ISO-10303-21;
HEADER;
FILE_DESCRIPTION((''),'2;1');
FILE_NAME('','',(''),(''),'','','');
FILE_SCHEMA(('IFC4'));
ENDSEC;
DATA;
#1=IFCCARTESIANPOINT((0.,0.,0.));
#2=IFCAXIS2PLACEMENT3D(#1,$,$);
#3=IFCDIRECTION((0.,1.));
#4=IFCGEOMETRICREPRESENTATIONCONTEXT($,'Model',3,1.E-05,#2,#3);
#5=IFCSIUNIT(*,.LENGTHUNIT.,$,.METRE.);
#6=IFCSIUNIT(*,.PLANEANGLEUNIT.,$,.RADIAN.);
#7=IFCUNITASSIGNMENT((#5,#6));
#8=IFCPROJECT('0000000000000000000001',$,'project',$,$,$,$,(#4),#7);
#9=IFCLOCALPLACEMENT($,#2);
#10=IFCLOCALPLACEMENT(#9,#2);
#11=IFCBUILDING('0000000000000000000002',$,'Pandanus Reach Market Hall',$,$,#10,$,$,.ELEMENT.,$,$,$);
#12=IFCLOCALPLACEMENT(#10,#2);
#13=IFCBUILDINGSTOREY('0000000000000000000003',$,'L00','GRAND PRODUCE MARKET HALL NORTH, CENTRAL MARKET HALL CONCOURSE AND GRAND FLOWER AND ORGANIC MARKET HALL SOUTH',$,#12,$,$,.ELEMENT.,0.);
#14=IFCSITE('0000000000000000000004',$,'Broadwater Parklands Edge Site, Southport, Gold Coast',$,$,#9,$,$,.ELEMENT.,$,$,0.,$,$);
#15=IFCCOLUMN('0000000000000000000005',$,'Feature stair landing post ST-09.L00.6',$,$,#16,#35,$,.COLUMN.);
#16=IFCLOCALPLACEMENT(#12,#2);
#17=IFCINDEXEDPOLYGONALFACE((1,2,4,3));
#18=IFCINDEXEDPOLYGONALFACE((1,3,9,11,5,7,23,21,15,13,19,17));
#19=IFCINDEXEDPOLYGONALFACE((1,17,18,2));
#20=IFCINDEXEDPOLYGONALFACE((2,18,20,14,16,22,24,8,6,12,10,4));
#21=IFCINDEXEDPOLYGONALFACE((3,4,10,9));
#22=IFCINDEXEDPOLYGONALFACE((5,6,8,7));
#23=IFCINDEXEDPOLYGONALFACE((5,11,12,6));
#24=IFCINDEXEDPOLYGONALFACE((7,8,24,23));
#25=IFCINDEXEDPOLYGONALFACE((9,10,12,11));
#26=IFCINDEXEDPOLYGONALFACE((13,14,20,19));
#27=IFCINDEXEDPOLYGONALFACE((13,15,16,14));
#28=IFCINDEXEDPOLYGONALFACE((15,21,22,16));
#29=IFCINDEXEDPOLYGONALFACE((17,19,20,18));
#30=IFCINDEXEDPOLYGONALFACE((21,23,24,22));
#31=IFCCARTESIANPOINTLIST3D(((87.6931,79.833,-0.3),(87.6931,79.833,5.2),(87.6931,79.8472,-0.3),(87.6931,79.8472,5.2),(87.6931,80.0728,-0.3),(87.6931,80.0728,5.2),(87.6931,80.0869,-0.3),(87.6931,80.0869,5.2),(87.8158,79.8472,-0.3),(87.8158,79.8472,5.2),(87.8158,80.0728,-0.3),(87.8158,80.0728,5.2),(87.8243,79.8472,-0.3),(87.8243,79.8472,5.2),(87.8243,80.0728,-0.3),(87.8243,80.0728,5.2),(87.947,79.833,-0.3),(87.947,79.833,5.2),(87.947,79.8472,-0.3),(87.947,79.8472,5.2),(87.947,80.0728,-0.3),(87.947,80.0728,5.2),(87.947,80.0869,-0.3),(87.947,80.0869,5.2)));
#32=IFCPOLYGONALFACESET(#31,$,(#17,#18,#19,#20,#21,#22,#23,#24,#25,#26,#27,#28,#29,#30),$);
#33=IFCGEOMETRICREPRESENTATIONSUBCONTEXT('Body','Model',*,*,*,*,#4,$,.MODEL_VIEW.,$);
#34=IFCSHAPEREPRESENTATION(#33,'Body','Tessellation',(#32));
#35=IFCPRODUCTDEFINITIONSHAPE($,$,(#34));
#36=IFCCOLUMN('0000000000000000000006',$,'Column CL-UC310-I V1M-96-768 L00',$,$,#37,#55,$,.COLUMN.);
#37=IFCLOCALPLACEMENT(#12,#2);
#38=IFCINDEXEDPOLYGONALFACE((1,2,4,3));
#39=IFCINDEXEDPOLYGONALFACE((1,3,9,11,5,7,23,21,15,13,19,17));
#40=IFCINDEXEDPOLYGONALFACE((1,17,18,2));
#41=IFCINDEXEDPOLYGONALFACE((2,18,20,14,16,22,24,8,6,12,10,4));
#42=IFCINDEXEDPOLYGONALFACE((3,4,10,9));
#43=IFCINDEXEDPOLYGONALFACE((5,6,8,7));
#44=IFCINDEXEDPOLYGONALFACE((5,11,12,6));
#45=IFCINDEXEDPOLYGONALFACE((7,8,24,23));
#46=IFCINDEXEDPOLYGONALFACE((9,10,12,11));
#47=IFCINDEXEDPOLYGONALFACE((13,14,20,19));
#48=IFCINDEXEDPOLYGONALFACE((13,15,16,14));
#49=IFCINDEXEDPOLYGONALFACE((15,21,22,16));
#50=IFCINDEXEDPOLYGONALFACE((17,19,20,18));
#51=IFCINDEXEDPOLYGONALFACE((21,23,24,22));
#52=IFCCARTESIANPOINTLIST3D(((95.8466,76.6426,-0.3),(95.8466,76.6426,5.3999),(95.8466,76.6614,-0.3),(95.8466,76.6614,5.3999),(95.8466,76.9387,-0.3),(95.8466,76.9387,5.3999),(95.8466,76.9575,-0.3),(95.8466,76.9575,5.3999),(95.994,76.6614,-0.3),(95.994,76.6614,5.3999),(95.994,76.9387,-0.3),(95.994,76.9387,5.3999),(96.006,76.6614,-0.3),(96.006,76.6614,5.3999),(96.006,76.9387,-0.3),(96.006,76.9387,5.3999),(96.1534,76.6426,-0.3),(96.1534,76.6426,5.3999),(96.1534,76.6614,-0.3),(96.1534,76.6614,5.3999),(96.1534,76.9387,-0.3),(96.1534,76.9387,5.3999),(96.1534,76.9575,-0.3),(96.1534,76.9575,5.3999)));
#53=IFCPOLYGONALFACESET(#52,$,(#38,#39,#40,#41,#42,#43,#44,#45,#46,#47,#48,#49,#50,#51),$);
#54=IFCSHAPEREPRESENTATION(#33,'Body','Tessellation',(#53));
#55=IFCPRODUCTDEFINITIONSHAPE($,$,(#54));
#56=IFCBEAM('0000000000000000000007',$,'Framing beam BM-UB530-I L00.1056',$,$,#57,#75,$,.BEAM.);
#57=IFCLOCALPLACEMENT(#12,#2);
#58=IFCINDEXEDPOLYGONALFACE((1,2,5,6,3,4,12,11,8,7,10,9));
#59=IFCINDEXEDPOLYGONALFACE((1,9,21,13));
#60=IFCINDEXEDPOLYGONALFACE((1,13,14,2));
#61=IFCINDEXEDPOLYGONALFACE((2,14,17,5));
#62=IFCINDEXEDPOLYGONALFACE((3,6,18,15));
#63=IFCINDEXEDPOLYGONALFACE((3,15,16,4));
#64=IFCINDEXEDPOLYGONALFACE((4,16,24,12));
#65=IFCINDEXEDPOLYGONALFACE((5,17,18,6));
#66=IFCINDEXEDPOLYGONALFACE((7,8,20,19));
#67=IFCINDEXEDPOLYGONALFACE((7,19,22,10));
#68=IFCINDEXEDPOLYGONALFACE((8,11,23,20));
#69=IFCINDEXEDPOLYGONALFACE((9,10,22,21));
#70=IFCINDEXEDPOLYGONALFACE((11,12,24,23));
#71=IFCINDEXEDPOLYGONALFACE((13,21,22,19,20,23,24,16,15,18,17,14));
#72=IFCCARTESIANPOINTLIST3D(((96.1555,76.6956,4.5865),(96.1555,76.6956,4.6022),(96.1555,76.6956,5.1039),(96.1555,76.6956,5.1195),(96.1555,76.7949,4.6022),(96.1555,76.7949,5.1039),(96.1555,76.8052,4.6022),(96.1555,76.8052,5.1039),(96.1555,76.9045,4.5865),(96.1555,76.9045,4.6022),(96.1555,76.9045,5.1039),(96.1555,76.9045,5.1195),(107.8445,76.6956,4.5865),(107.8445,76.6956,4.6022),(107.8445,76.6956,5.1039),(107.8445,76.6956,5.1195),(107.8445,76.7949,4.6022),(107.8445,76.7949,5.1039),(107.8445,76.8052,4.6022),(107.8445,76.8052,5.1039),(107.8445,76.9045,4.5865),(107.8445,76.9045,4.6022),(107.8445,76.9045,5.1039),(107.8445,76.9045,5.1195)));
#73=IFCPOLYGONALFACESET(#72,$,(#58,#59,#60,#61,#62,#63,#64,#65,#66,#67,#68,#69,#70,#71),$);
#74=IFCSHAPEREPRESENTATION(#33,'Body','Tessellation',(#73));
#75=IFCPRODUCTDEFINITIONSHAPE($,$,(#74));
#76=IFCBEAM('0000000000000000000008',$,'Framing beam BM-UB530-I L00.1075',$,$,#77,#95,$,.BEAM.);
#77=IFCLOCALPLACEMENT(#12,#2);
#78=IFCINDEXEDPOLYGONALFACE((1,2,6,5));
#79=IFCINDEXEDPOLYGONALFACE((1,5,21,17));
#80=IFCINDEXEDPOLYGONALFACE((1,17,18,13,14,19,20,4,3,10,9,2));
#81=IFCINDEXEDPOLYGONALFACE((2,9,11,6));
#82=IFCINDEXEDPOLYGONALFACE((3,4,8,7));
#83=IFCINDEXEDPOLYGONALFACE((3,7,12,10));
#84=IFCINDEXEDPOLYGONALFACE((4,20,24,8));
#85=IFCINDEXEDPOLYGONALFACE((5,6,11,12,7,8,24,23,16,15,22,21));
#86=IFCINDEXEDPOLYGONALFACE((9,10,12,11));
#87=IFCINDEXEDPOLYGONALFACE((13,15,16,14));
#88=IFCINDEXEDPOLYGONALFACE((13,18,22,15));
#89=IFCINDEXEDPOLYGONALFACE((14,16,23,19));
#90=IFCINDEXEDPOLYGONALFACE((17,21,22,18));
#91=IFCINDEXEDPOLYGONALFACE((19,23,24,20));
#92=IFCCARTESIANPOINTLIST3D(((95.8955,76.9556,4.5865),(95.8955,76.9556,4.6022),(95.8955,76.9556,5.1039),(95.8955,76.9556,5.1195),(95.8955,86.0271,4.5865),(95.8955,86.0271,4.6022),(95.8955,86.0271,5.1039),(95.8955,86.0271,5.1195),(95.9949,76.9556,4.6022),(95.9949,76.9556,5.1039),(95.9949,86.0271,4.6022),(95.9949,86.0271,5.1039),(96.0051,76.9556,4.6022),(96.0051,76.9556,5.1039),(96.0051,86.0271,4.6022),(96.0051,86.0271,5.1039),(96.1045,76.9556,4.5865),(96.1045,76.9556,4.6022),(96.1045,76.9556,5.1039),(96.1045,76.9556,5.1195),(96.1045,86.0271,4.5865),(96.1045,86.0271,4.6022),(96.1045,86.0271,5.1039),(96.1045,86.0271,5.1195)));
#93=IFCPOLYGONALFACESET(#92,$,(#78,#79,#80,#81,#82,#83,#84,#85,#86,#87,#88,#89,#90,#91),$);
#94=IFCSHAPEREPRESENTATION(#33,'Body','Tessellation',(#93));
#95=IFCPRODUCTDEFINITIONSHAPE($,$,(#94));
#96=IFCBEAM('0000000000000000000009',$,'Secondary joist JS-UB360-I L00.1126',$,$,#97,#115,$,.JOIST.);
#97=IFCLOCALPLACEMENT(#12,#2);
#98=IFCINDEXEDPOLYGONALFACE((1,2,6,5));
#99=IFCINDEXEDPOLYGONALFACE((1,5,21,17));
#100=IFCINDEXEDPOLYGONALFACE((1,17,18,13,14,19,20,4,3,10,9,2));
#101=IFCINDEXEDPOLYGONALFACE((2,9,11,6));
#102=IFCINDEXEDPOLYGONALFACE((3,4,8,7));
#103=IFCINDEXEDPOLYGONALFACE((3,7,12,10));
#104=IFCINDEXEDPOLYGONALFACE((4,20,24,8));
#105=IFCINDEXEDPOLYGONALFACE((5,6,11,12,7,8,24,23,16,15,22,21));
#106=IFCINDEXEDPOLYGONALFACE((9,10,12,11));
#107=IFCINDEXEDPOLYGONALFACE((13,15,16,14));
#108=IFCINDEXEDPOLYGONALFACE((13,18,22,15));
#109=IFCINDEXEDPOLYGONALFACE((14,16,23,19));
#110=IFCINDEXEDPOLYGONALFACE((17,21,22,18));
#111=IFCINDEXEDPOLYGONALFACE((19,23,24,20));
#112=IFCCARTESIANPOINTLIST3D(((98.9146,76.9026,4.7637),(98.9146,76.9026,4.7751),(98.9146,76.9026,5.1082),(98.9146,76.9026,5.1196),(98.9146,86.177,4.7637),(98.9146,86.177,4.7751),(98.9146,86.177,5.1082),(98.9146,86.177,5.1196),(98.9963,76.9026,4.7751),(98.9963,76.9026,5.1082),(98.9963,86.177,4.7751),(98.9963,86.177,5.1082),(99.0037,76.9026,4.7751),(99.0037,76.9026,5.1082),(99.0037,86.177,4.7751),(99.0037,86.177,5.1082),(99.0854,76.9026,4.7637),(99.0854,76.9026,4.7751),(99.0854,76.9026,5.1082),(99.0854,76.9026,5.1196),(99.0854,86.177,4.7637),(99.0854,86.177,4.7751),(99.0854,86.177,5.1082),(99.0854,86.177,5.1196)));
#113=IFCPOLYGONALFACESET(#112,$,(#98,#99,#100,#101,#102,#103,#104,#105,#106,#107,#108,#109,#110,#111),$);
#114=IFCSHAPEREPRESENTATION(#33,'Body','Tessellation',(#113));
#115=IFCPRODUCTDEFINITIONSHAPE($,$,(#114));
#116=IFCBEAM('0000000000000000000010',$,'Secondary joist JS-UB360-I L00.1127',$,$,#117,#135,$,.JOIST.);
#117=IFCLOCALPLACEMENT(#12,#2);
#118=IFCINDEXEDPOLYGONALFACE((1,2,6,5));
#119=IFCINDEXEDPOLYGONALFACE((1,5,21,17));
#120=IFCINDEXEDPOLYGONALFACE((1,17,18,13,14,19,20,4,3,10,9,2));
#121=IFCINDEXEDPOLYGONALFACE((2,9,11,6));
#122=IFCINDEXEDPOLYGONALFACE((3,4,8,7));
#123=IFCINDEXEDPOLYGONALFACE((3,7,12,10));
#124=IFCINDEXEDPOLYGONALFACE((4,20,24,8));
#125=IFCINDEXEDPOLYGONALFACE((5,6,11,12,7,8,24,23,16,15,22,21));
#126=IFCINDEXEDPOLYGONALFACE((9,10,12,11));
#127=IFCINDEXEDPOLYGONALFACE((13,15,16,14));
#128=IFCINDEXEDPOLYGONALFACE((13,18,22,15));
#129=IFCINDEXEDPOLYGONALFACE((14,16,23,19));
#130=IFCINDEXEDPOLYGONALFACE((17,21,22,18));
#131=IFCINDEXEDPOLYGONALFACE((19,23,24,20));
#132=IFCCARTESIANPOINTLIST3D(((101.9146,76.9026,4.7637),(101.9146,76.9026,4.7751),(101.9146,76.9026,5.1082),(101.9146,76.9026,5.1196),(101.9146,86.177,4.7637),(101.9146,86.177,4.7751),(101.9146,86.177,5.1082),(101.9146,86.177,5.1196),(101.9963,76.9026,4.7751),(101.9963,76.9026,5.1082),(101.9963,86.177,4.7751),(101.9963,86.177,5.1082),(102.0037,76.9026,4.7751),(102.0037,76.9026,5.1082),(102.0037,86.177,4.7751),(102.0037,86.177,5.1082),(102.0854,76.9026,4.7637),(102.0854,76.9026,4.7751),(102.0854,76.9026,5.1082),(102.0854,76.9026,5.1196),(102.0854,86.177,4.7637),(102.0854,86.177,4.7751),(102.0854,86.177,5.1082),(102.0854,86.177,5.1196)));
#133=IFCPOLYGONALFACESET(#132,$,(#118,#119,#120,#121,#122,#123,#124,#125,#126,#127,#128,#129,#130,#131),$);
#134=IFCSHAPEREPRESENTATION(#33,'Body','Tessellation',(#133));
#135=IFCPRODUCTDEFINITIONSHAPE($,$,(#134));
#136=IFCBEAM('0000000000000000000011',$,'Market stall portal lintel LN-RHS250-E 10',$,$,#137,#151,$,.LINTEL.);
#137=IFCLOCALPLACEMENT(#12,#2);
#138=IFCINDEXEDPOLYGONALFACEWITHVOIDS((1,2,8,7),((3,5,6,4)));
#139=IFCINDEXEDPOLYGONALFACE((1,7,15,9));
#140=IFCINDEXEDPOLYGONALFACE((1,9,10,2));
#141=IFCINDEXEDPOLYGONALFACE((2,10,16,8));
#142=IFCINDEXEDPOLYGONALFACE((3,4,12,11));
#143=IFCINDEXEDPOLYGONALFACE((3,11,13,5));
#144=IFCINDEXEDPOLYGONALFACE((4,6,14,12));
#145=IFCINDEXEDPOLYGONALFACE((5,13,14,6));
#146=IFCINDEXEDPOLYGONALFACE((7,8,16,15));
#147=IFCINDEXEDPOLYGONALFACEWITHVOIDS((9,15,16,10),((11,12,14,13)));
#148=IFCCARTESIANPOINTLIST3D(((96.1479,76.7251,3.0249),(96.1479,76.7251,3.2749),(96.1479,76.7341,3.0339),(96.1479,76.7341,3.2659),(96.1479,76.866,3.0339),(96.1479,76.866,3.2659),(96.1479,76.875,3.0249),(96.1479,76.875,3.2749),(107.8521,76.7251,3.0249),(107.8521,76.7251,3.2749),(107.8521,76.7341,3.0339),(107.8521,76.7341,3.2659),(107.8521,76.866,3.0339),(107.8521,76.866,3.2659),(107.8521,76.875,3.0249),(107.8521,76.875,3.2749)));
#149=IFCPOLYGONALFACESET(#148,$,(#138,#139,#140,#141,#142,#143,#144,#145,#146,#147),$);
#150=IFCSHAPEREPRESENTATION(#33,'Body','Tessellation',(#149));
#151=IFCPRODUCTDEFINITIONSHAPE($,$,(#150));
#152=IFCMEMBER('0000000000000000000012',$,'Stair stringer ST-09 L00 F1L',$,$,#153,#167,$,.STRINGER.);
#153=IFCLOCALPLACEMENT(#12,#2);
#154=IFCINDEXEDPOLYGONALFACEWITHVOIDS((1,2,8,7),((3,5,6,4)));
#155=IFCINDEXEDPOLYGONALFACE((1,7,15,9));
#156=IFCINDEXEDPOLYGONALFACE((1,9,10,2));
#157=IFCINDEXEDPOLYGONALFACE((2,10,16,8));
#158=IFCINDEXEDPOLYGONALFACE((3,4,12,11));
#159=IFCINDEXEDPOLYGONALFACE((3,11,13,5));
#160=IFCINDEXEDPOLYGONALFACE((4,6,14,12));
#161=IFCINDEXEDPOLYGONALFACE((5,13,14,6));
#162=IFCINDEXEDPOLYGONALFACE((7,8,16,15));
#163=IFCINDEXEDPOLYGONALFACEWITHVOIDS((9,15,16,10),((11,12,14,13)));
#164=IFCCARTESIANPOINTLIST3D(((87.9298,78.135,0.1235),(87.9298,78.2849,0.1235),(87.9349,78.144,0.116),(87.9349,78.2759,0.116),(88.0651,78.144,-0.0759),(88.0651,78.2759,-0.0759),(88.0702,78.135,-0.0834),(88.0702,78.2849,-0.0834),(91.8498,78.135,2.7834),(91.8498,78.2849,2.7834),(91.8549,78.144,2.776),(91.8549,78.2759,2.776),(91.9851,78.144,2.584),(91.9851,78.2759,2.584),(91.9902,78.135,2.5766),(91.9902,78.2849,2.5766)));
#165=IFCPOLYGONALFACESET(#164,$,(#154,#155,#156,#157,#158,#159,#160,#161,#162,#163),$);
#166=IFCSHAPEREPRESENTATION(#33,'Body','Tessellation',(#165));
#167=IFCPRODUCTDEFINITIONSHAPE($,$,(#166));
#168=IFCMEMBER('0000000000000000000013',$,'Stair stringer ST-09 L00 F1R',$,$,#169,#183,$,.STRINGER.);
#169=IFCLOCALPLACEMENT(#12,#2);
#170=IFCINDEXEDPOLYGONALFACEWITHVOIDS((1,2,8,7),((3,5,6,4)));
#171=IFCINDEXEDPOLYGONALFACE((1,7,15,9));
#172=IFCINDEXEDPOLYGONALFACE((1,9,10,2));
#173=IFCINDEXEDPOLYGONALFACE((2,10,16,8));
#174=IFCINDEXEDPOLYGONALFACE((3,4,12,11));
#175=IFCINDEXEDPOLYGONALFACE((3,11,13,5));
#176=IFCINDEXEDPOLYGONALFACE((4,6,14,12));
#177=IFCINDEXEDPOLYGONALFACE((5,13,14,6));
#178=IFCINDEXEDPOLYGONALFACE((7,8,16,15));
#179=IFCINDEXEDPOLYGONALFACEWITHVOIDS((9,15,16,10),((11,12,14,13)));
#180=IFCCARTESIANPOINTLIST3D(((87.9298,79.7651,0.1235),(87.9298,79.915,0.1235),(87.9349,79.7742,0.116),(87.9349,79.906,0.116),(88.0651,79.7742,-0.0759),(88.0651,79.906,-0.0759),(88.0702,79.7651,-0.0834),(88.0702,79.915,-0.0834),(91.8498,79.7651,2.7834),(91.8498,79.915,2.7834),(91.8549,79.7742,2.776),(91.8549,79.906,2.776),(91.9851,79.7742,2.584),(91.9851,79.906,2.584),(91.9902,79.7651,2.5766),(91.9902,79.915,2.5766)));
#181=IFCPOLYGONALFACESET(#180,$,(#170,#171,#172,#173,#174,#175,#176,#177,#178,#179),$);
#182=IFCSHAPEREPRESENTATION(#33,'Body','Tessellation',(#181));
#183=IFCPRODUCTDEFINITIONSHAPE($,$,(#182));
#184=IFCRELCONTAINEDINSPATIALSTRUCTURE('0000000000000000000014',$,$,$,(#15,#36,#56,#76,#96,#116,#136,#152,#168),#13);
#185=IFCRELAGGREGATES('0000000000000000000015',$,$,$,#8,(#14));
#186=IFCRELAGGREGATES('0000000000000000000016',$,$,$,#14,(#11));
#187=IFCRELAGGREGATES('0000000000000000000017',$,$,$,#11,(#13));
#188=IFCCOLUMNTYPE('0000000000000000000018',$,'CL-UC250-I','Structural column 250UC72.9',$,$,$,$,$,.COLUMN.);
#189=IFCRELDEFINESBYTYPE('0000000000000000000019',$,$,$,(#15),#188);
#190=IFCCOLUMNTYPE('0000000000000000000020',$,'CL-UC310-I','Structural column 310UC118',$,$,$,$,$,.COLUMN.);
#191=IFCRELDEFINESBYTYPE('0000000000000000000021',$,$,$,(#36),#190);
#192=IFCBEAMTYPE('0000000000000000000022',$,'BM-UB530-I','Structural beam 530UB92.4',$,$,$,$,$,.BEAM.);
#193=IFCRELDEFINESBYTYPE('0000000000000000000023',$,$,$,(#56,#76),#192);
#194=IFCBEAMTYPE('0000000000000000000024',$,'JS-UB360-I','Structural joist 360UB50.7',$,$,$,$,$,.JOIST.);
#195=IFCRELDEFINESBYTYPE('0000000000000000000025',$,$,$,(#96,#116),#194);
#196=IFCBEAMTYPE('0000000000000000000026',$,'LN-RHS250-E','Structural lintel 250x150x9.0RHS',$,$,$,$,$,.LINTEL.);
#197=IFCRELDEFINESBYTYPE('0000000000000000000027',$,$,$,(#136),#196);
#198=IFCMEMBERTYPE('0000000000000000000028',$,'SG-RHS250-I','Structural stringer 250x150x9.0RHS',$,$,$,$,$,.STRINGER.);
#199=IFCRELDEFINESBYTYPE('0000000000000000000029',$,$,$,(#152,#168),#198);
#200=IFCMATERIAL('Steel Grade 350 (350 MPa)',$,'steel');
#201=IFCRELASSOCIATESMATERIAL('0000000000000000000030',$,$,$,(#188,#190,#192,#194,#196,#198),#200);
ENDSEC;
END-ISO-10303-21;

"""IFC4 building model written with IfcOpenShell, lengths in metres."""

from ifc_helpers import new_model, si_unit, direction, frame, origin, origin_2d, place, context, subcontext, project, spatial, hollow_rectangle, i_section, extrude, material, material_profile, profile_set, type_object, element, save


model = new_model("IFC4")

# Units and contexts
model_context = context("Model", 3, precision=1e-05, world=origin(), true_north=direction((0.0, 1.0)))
body_context = subcontext(model_context, "Body", "Model", "MODEL_VIEW")
ifc_project = project(units=[si_unit("LENGTHUNIT", "METRE"), si_unit("PLANEANGLEUNIT", "RADIAN")], contexts=[model_context])

# Site, building, storey
site_placement = place(None, origin())
site = spatial("IfcSite", under=ifc_project, at=site_placement, Name="Broadwater Parklands Edge Site, Southport, Gold Coast", CompositionType="ELEMENT", RefElevation=0.0)
building_placement = place(site_placement, origin())
building = spatial("IfcBuilding", under=site, at=building_placement, Name="Pandanus Reach Market Hall", CompositionType="ELEMENT")
storey_placement = place(building_placement, origin())
storey = spatial("IfcBuildingStorey", under=building, at=storey_placement, Name="L00", Description="GRAND PRODUCE MARKET HALL NORTH, CENTRAL MARKET HALL CONCOURSE AND GRAND FLOWER AND ORGANIC MARKET HALL SOUTH", CompositionType="ELEMENT", Elevation=0.0)

# Columns
ifc_material_1 = material(Name="Steel Grade 350 (350 MPa)", Category="steel")
ifc_material_profile_1 = material_profile(ifc_material_1, i_section(OverallWidth=0.2539, OverallDepth=0.2539, WebThickness=0.0085, FlangeThickness=0.0142, at=origin_2d()), Name="250UC72.9", Category="LoadBearing")
ifc_profile_set_1 = profile_set([ifc_material_profile_1], Name="Steel Grade 350 (350 MPa)")
column_type_1 = type_object("IfcColumnType", Name="CL-UC250-I", Description="Structural column 250UC72.9", PredefinedType="COLUMN", material=ifc_profile_set_1)
column_1_placement = place(storey_placement, frame((87.8201, 79.96, -0.3), z_axis=(0.0, 0.0, 1.0), x_axis=(1.0, 0.0, 0.0)))
element("IfcColumn", 1, at=column_1_placement, inside=storey, type_object=column_type_1, Name="Feature stair landing post ST-09.L00.6", PredefinedType="COLUMN", context=body_context, shape_type="SweptSolid", body=[
    extrude(i_section(OverallWidth=0.2539, OverallDepth=0.2539, WebThickness=0.0085, FlangeThickness=0.0142, at=origin_2d()), origin(), (0.0, 0.0, 1.0), 5.5),
])
ifc_material_profile_2 = material_profile(ifc_material_1, i_section(OverallWidth=0.3069, OverallDepth=0.3149, WebThickness=0.012, FlangeThickness=0.0188, at=origin_2d()), Name="310UC118", Category="LoadBearing")
ifc_profile_set_2 = profile_set([ifc_material_profile_2], Name="Steel Grade 350 (350 MPa)")
column_type_2 = type_object("IfcColumnType", Name="CL-UC310-I", Description="Structural column 310UC118", PredefinedType="COLUMN", material=ifc_profile_set_2)
column_2_placement = place(storey_placement, frame((96.0, 76.8, -0.3), z_axis=(0.0, 0.0, 1.0), x_axis=(1.0, 0.0, 0.0)))
element("IfcColumn", 2, at=column_2_placement, inside=storey, type_object=column_type_2, Name="Column CL-UC310-I V1M-96-768 L00", PredefinedType="COLUMN", context=body_context, shape_type="SweptSolid", body=[
    extrude(i_section(OverallWidth=0.3069, OverallDepth=0.3149, WebThickness=0.012, FlangeThickness=0.0188, at=origin_2d()), origin(), (0.0, 0.0, 1.0), 5.7),
])

# Beams
ifc_material_profile_3 = material_profile(ifc_material_1, i_section(OverallWidth=0.209, OverallDepth=0.533, WebThickness=0.0103, FlangeThickness=0.0156, at=origin_2d()), Name="530UB92.4", Category="LoadBearing")
ifc_profile_set_3 = profile_set([ifc_material_profile_3], Name="Steel Grade 350 (350 MPa)")
beam_type_1 = type_object("IfcBeamType", Name="BM-UB530-I", Description="Structural beam 530UB92.4", PredefinedType="BEAM", material=ifc_profile_set_3)
beam_1_placement = place(storey_placement, frame((96.1555, 76.8, 4.853), z_axis=(1.0, 0.0, 0.0), x_axis=(0.0, 1.0, 0.0)))
element("IfcBeam", 3, at=beam_1_placement, inside=storey, type_object=beam_type_1, Name="Framing beam BM-UB530-I L00.1056", PredefinedType="BEAM", context=body_context, shape_type="SweptSolid", body=[
    extrude(i_section(OverallWidth=0.209, OverallDepth=0.533, WebThickness=0.0103, FlangeThickness=0.0156, at=origin_2d()), origin(), (0.0, 0.0, 1.0), 11.689),
])
beam_2_placement = place(storey_placement, frame((96.0, 76.9556, 4.853), z_axis=(0.0, 1.0, 0.0), x_axis=(-1.0, 0.0, 0.0)))
element("IfcBeam", 4, at=beam_2_placement, inside=storey, type_object=beam_type_1, Name="Framing beam BM-UB530-I L00.1075", PredefinedType="BEAM", context=body_context, shape_type="SweptSolid", body=[
    extrude(i_section(OverallWidth=0.209, OverallDepth=0.533, WebThickness=0.0103, FlangeThickness=0.0156, at=origin_2d()), origin(), (0.0, 0.0, 1.0), 9.0715),
])
ifc_material_profile_4 = material_profile(ifc_material_1, i_section(OverallWidth=0.1709, OverallDepth=0.356, WebThickness=0.0073, FlangeThickness=0.0115, at=origin_2d()), Name="360UB50.7", Category="LoadBearing")
ifc_profile_set_4 = profile_set([ifc_material_profile_4], Name="Steel Grade 350 (350 MPa)")
beam_type_2 = type_object("IfcBeamType", Name="JS-UB360-I", Description="Structural joist 360UB50.7", PredefinedType="JOIST", material=ifc_profile_set_4)
for number, where, z_axis, x_axis, name in (
    (5, (99.0, 76.9026, 4.9417), (0.0, 1.0, 0.0), (-1.0, 0.0, 0.0), "Secondary joist JS-UB360-I L00.1126"),
    (6, (102.0, 76.9026, 4.9417), (0.0, 1.0, 0.0), (-1.0, 0.0, 0.0), "Secondary joist JS-UB360-I L00.1127"),
):
    element("IfcBeam", number, at=place(storey_placement, frame(where, z_axis=z_axis, x_axis=x_axis)), inside=storey, type_object=beam_type_2, Name=name, PredefinedType="JOIST", context=body_context, shape_type="SweptSolid", body=[
        extrude(i_section(OverallWidth=0.1709, OverallDepth=0.356, WebThickness=0.0073, FlangeThickness=0.0115, at=origin_2d()), origin(), (0.0, 0.0, 1.0), 9.2744),
    ])
ifc_material_profile_5 = material_profile(ifc_material_1, hollow_rectangle(XDim=0.1499, YDim=0.25, WallThickness=0.009, at=origin_2d()), Name="250x150x9.0RHS", Category="LoadBearing")
ifc_profile_set_5 = profile_set([ifc_material_profile_5], Name="Steel Grade 350 (350 MPa)")
beam_type_3 = type_object("IfcBeamType", Name="LN-RHS250-E", Description="Structural lintel 250x150x9.0RHS", PredefinedType="LINTEL", material=ifc_profile_set_5)
beam_3_placement = place(storey_placement, frame((96.1479, 76.8, 3.1499), z_axis=(1.0, 0.0, 0.0), x_axis=(0.0, 1.0, 0.0)))
element("IfcBeam", 7, at=beam_3_placement, inside=storey, type_object=beam_type_3, Name="Market stall portal lintel LN-RHS250-E 10", PredefinedType="LINTEL", context=body_context, shape_type="SweptSolid", body=[
    extrude(hollow_rectangle(XDim=0.1499, YDim=0.25, WallThickness=0.009, at=origin_2d()), origin(), (0.0, 0.0, 1.0), 11.7041),
])

# Members
ifc_material_profile_6 = material_profile(ifc_material_1, hollow_rectangle(XDim=0.1499, YDim=0.25, WallThickness=0.009, at=origin_2d()), Name="250x150x9.0RHS", Category="LoadBearing")
ifc_profile_set_6 = profile_set([ifc_material_profile_6], Name="Steel Grade 350 (350 MPa)")
member_type = type_object("IfcMemberType", Name="SG-RHS250-I", Description="Structural stringer 250x150x9.0RHS", PredefinedType="STRINGER", material=ifc_profile_set_6)
for number, where, z_axis, x_axis, name in (
    (8, (88.0, 78.21, 0.02), (0.827479, 0.0, 0.561496), (0.0, 1.0, 0.0), "Stair stringer ST-09 L00 F1L"),
    (9, (88.0, 79.8401, 0.02), (0.827479, 0.0, 0.561496), (0.0, 1.0, 0.0), "Stair stringer ST-09 L00 F1R"),
):
    element("IfcMember", number, at=place(storey_placement, frame(where, z_axis=z_axis, x_axis=x_axis)), inside=storey, type_object=member_type, Name=name, PredefinedType="STRINGER", context=body_context, shape_type="SweptSolid", body=[
        extrude(hollow_rectangle(XDim=0.1499, YDim=0.25, WallThickness=0.009, at=origin_2d()), origin(), (0.0, 0.0, 1.0), 4.7373),
    ])

save(model, "model.ifc")
